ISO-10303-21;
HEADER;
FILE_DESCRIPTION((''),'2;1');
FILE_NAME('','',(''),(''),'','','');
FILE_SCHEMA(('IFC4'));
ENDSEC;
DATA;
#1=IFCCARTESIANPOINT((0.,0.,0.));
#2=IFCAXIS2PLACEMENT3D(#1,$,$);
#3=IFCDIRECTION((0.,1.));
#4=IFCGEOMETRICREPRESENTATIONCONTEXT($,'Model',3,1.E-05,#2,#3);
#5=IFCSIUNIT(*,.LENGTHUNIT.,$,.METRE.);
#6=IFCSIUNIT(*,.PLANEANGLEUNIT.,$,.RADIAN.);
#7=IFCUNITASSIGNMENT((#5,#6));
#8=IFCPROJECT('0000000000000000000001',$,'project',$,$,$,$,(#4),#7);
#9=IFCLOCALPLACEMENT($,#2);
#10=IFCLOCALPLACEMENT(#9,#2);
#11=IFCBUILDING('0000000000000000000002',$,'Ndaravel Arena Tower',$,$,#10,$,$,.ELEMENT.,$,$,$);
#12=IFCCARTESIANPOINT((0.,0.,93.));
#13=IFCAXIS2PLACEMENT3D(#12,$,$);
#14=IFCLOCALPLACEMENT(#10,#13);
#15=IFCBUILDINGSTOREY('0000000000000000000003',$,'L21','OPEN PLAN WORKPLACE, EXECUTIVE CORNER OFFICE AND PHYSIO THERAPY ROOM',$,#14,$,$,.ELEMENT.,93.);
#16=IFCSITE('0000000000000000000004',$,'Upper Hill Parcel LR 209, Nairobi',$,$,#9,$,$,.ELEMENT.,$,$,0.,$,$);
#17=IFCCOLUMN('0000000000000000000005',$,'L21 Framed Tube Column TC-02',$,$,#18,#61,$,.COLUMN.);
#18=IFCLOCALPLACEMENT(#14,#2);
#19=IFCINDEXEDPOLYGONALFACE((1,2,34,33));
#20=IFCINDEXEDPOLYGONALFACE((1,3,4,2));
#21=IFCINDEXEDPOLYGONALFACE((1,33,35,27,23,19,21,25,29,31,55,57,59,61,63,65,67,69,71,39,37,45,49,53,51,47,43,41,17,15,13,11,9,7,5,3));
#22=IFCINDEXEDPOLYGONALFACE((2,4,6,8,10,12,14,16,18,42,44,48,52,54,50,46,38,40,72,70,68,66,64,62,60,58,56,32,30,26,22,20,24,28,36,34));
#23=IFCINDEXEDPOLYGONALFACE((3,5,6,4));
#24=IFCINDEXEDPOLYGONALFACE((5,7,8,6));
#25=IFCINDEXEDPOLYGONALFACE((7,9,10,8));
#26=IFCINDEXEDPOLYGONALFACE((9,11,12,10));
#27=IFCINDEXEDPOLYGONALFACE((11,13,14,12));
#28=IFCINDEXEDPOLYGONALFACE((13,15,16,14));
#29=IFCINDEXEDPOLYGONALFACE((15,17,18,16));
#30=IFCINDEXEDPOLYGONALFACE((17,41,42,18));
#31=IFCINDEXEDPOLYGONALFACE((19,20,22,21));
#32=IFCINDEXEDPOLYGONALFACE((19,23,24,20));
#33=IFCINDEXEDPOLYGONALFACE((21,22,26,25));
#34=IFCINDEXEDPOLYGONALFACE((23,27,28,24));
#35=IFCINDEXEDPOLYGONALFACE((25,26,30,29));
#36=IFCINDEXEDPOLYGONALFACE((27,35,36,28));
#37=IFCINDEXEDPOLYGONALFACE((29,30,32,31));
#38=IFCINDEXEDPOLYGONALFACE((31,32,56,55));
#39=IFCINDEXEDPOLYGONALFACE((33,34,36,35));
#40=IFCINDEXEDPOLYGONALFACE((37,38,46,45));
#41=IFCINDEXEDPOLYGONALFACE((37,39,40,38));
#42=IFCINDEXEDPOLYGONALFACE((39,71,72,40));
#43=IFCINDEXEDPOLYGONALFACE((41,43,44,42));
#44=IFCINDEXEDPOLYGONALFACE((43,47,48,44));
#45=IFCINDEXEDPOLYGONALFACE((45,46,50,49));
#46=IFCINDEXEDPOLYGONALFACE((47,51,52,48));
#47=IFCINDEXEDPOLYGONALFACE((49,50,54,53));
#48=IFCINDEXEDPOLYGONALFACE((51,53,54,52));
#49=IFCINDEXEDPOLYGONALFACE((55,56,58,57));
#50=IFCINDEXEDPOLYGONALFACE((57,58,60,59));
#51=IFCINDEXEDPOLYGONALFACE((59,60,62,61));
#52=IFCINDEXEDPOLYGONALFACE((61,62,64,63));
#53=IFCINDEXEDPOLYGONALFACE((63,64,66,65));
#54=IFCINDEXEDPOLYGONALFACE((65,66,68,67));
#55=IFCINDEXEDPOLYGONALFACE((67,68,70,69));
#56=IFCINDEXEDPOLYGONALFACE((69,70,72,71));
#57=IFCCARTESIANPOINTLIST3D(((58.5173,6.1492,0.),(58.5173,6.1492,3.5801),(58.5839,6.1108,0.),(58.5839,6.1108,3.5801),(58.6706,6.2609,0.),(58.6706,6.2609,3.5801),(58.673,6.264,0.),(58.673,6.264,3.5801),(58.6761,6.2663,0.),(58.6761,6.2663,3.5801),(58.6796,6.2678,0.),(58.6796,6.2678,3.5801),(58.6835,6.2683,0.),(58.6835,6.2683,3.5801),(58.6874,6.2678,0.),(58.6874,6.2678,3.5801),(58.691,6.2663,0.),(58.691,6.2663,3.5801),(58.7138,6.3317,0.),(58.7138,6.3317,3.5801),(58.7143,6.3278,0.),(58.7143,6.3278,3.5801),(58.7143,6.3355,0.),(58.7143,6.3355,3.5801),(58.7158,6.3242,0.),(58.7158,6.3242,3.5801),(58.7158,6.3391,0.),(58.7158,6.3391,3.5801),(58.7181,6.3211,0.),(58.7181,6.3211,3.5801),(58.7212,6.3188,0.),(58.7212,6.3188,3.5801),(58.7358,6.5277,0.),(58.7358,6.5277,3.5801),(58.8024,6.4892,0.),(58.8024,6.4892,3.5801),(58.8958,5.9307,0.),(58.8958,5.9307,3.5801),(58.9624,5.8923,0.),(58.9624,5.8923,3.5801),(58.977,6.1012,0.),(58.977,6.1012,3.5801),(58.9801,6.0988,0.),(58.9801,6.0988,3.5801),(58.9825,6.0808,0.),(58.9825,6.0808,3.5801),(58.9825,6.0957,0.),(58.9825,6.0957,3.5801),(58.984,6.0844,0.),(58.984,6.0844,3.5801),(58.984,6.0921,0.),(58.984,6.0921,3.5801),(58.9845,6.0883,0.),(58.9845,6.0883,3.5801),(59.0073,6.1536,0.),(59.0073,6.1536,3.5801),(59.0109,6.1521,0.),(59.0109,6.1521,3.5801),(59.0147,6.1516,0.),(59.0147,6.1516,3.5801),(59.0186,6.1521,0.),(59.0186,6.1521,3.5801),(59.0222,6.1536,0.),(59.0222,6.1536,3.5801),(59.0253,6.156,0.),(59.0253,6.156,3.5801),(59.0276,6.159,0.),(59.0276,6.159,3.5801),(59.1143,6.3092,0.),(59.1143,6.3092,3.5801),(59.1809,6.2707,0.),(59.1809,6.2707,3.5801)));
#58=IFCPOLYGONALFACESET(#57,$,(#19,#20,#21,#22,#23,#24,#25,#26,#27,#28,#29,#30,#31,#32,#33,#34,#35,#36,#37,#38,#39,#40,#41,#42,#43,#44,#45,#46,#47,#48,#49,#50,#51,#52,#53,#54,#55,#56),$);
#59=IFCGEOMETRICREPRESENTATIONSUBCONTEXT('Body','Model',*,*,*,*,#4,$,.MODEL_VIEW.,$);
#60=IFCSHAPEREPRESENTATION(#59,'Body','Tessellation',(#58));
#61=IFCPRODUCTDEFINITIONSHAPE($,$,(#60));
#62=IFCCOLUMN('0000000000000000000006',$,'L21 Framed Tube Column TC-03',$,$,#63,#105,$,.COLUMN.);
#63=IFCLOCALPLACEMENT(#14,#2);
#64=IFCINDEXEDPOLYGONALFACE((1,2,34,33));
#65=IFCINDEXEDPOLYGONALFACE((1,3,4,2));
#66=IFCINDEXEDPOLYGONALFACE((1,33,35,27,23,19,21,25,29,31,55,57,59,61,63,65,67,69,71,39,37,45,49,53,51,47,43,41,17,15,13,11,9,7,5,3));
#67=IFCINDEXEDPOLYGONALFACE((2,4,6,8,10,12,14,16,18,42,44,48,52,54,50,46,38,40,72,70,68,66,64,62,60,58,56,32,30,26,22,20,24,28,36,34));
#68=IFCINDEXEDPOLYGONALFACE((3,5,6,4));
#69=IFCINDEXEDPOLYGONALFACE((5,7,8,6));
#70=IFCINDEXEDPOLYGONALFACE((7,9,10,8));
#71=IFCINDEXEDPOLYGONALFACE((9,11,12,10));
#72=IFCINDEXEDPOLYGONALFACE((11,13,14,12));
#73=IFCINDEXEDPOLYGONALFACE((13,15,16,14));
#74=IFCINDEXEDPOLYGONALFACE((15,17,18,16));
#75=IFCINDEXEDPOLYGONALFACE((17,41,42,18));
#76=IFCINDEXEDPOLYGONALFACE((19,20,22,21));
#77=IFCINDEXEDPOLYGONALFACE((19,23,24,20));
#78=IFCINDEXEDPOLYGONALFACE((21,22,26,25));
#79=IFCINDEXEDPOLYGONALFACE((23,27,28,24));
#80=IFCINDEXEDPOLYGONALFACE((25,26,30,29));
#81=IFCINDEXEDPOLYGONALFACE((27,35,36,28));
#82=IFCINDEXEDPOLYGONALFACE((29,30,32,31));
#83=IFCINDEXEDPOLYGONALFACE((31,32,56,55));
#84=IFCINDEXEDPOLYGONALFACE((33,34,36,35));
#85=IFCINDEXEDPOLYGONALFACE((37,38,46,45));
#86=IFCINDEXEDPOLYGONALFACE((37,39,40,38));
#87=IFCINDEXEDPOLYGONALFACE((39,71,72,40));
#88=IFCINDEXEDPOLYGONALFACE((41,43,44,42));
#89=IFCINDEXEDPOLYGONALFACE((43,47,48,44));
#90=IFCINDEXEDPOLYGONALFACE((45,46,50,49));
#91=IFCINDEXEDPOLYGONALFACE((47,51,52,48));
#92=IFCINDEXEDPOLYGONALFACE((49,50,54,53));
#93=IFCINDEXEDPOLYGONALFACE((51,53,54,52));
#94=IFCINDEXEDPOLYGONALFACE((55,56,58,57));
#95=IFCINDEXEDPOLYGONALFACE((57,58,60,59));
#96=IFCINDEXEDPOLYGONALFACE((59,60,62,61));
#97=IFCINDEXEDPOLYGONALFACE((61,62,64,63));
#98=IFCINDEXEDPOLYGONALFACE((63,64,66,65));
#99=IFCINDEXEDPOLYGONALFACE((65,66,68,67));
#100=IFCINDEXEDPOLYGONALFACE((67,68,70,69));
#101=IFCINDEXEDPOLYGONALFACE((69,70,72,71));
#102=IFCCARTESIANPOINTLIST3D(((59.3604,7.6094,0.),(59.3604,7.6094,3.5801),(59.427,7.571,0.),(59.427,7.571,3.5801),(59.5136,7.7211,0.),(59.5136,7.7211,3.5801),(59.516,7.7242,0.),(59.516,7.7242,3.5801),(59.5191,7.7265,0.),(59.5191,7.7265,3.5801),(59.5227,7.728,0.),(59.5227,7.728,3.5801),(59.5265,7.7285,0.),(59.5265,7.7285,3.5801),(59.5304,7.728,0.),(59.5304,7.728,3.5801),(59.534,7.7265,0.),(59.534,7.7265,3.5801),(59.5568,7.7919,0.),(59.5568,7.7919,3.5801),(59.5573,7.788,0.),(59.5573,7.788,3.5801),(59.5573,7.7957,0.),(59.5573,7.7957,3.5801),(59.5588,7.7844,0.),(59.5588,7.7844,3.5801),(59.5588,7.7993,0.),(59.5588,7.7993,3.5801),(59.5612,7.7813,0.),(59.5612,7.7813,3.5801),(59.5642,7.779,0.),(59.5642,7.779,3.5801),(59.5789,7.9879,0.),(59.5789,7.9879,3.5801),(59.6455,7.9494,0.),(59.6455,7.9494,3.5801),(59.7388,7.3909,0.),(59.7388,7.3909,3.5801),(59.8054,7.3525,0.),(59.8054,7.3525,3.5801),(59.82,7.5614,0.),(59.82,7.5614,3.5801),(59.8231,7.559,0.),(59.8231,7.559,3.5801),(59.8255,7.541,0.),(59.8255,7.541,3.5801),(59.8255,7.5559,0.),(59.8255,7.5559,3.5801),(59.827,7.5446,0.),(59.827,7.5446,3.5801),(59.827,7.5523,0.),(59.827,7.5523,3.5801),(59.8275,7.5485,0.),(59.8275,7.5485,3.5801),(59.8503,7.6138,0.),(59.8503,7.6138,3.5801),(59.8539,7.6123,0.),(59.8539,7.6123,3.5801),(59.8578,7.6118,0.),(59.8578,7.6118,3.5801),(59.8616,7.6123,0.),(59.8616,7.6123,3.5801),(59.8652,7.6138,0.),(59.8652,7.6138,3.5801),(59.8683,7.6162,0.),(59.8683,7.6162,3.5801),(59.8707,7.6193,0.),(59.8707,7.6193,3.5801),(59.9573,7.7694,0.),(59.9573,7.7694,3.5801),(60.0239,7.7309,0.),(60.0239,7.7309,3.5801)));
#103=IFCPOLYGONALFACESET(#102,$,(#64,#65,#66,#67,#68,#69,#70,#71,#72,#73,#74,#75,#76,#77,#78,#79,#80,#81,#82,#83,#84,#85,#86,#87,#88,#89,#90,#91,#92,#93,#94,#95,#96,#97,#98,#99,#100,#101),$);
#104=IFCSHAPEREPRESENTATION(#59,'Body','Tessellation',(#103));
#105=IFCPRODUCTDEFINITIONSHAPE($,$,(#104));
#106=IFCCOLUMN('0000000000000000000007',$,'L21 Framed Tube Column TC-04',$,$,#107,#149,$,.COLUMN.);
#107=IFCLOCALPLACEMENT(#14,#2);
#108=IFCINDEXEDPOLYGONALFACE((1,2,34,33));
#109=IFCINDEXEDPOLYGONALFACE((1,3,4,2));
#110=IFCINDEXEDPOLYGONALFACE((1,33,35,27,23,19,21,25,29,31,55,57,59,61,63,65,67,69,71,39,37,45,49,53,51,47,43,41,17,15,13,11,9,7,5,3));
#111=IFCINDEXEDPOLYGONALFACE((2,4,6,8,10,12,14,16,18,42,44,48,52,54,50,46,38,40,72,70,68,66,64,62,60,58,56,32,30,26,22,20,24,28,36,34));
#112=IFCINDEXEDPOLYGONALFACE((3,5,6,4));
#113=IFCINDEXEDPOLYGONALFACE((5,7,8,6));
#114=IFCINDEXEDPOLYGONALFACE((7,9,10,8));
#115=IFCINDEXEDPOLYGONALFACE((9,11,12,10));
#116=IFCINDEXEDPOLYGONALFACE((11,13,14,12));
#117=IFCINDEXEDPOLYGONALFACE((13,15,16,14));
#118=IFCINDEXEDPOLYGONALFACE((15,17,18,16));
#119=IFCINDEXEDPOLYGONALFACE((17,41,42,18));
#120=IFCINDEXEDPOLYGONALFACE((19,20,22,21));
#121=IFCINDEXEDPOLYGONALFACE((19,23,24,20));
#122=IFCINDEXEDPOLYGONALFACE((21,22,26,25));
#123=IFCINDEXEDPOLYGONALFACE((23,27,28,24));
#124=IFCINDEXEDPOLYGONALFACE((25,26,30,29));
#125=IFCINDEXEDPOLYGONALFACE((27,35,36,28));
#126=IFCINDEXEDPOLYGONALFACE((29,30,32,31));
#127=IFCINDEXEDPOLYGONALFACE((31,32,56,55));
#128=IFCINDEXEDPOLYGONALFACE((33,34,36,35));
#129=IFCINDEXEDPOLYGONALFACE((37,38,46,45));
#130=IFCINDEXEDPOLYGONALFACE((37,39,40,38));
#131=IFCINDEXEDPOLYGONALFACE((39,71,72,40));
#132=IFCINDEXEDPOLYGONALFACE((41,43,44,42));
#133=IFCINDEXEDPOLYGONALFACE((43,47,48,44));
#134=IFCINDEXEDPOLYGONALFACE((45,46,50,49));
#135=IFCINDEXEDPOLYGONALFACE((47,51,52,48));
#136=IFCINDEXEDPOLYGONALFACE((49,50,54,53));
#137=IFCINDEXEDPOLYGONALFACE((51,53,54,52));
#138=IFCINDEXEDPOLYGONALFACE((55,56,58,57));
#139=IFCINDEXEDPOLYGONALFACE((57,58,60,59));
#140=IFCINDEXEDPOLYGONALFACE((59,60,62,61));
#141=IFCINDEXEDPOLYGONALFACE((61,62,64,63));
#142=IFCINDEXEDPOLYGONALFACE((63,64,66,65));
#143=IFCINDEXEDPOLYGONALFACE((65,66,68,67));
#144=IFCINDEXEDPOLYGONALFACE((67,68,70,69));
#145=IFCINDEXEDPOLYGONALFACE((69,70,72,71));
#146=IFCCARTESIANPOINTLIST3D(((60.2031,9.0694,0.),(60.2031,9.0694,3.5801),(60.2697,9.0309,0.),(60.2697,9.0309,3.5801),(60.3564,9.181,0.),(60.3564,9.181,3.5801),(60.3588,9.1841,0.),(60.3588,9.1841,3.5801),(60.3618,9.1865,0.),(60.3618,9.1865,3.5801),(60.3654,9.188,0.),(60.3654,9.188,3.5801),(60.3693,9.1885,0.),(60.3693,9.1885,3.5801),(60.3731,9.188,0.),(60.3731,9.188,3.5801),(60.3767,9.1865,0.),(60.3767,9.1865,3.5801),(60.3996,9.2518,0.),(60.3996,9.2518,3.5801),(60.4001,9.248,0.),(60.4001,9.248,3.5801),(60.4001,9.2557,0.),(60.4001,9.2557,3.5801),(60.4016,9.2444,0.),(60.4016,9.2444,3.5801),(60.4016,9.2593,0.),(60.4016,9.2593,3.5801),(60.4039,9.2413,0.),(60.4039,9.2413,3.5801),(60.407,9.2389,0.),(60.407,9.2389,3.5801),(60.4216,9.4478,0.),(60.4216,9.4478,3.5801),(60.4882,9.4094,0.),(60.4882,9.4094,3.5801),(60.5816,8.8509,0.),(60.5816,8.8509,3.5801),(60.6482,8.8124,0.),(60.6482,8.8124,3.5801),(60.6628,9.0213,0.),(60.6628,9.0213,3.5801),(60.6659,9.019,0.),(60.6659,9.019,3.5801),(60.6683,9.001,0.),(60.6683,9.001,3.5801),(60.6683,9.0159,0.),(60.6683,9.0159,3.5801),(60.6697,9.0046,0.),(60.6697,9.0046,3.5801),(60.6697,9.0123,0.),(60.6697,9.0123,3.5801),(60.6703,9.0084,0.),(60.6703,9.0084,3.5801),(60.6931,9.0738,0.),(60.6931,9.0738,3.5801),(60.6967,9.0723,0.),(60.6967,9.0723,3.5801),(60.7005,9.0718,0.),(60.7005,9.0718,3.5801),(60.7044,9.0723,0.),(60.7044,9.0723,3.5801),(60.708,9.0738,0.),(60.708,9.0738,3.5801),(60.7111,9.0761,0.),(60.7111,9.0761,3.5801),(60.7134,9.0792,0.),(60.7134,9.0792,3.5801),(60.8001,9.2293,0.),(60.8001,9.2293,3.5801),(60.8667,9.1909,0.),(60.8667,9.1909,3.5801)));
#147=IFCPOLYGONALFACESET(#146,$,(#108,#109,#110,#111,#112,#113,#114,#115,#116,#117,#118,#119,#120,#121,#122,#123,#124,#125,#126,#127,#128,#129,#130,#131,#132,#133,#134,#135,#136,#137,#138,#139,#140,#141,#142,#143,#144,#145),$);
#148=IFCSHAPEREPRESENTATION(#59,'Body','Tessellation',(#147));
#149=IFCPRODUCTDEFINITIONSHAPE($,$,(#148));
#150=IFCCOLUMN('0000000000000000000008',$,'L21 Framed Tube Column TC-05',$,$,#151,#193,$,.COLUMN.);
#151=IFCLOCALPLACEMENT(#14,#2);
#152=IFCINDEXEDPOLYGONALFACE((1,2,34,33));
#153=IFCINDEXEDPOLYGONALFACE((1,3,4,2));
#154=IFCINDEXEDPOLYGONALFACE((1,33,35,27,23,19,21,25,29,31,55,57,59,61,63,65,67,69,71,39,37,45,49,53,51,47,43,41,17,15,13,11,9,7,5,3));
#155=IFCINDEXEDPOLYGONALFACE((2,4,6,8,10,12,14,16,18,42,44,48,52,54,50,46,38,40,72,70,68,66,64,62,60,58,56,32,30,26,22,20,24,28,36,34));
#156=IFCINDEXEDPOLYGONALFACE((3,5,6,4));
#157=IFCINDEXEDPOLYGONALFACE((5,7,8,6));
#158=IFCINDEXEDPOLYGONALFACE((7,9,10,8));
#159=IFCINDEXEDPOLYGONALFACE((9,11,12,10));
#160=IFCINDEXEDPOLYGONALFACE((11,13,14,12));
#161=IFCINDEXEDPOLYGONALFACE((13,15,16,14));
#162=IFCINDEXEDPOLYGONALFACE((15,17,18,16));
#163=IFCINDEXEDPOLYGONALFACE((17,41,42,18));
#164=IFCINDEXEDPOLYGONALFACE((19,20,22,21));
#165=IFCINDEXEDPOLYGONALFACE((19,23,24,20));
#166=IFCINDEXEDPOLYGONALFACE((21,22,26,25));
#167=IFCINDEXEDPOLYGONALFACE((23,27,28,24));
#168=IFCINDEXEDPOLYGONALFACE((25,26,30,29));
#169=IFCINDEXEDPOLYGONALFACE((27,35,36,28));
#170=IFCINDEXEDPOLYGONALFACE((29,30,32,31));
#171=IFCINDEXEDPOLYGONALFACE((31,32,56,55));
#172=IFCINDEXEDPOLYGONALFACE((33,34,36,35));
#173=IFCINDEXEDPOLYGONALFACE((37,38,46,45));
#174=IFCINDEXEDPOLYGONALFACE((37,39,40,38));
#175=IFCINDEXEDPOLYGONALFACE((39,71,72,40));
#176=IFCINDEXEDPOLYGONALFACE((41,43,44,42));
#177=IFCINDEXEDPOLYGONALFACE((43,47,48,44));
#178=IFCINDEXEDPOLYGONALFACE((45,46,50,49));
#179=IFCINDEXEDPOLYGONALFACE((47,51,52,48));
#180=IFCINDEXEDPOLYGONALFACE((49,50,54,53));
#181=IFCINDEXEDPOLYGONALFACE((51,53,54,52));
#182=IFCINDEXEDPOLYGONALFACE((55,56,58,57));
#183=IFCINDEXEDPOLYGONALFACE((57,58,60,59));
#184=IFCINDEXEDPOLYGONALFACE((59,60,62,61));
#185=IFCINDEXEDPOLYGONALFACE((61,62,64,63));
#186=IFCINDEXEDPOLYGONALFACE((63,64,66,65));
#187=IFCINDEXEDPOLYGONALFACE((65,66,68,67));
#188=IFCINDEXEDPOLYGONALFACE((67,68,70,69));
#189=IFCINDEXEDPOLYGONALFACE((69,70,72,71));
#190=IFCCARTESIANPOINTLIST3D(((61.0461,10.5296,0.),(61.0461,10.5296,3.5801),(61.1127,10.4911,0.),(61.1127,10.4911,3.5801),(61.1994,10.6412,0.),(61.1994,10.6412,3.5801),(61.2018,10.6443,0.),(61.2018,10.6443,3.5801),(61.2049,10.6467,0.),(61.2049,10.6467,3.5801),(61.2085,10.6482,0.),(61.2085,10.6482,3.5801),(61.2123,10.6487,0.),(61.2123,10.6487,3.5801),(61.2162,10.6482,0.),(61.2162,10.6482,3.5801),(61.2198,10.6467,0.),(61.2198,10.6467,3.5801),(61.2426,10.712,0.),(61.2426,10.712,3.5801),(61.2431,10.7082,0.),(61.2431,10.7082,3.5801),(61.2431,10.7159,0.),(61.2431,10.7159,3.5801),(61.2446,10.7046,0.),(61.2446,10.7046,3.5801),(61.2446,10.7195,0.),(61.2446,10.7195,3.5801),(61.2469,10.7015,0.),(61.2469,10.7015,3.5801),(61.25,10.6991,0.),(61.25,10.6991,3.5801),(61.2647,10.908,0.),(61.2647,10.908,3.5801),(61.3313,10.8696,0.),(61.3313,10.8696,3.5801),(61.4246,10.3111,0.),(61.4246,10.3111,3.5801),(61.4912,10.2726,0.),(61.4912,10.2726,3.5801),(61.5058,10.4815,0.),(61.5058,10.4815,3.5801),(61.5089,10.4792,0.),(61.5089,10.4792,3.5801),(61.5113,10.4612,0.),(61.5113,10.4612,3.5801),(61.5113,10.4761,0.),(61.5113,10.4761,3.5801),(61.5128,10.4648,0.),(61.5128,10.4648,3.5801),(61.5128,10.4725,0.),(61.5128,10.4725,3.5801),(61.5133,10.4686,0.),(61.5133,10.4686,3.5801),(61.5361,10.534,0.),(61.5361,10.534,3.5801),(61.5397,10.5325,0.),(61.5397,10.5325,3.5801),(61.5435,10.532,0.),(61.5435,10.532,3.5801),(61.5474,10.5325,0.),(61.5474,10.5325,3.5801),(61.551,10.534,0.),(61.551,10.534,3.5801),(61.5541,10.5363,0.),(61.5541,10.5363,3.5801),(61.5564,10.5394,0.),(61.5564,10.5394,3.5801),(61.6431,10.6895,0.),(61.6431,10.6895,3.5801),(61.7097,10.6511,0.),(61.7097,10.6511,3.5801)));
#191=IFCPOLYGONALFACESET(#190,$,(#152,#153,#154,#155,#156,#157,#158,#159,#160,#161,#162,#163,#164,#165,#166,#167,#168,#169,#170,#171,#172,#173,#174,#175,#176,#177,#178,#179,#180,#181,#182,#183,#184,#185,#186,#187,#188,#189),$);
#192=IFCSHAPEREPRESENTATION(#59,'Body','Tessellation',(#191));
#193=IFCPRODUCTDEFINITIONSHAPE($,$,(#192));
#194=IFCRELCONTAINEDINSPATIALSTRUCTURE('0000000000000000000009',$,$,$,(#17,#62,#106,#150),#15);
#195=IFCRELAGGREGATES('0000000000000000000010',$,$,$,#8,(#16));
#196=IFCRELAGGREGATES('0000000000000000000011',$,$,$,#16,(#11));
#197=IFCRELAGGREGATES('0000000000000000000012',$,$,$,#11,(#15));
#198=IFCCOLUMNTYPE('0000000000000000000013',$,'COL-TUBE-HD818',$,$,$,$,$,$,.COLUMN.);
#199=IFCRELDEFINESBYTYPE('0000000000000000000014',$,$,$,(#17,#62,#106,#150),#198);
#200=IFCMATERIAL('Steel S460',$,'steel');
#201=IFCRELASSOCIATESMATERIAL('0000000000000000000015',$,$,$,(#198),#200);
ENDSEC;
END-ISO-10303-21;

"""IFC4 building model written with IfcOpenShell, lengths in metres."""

from ifc_helpers import new_model, si_unit, direction, frame, origin, origin_2d, place, context, subcontext, project, spatial, i_section, extrude, material, material_profile, profile_set, type_object, element, save


model = new_model("IFC4")

# Units and contexts
model_context = context("Model", 3, precision=1e-05, world=origin(), true_north=direction((0.0, 1.0)))
body_context = subcontext(model_context, "Body", "Model", "MODEL_VIEW")
ifc_project = project(units=[si_unit("LENGTHUNIT", "METRE"), si_unit("PLANEANGLEUNIT", "RADIAN")], contexts=[model_context])

# Site, building, storey
site_placement = place(None, origin())
site = spatial("IfcSite", under=ifc_project, at=site_placement, Name="Upper Hill Parcel LR 209, Nairobi", CompositionType="ELEMENT", RefElevation=0.0)
building_placement = place(site_placement, origin())
building = spatial("IfcBuilding", under=site, at=building_placement, Name="Ndaravel Arena Tower", CompositionType="ELEMENT")
storey_placement = place(building_placement, frame((0.0, 0.0, 93.0)))
storey = spatial("IfcBuildingStorey", under=building, at=storey_placement, Name="L21", Description="OPEN PLAN WORKPLACE, EXECUTIVE CORNER OFFICE AND PHYSIO THERAPY ROOM", CompositionType="ELEMENT", Elevation=93.0)

# Columns
ifc_material_1 = material(Name="Steel S460", Category="steel")
ifc_material_profile_1 = material_profile(ifc_material_1, i_section(OverallWidth=0.437, OverallDepth=0.5139, WebThickness=0.0605, FlangeThickness=0.0769, FilletRadius=0.0149, at=origin_2d()), Name="HD 400x818")
ifc_profile_set_1 = profile_set([ifc_material_profile_1], Name="Steel S460")
column_type = type_object("IfcColumnType", Name="COL-TUBE-HD818", PredefinedType="COLUMN", material=ifc_profile_set_1)
for number, where, z_axis, x_axis, name in (
    (1, (58.8491, 6.21, 0.0), (0.0, 0.0, 1.0), (0.5, 0.866025, 0.0), "L21 Framed Tube Column TC-02"),
    (2, (59.6921, 7.6702, 0.0), (0.0, 0.0, 1.0), (0.5, 0.866025, 0.0), "L21 Framed Tube Column TC-03"),
    (3, (60.5349, 9.1301, 0.0), (0.0, 0.0, 1.0), (0.5, 0.866025, 0.0), "L21 Framed Tube Column TC-04"),
    (4, (61.3779, 10.5903, 0.0), (0.0, 0.0, 1.0), (0.5, 0.866025, 0.0), "L21 Framed Tube Column TC-05"),
):
    element("IfcColumn", number, at=place(storey_placement, frame(where, z_axis=z_axis, x_axis=x_axis)), inside=storey, type_object=column_type, Name=name, PredefinedType="COLUMN", context=body_context, shape_type="SweptSolid", body=[
        extrude(i_section(OverallWidth=0.437, OverallDepth=0.5139, WebThickness=0.0605, FlangeThickness=0.0769, FilletRadius=0.0149, at=origin_2d()), origin(), (0.0, 0.0, 1.0), 3.5801),
    ])

save(model, "model.ifc")
